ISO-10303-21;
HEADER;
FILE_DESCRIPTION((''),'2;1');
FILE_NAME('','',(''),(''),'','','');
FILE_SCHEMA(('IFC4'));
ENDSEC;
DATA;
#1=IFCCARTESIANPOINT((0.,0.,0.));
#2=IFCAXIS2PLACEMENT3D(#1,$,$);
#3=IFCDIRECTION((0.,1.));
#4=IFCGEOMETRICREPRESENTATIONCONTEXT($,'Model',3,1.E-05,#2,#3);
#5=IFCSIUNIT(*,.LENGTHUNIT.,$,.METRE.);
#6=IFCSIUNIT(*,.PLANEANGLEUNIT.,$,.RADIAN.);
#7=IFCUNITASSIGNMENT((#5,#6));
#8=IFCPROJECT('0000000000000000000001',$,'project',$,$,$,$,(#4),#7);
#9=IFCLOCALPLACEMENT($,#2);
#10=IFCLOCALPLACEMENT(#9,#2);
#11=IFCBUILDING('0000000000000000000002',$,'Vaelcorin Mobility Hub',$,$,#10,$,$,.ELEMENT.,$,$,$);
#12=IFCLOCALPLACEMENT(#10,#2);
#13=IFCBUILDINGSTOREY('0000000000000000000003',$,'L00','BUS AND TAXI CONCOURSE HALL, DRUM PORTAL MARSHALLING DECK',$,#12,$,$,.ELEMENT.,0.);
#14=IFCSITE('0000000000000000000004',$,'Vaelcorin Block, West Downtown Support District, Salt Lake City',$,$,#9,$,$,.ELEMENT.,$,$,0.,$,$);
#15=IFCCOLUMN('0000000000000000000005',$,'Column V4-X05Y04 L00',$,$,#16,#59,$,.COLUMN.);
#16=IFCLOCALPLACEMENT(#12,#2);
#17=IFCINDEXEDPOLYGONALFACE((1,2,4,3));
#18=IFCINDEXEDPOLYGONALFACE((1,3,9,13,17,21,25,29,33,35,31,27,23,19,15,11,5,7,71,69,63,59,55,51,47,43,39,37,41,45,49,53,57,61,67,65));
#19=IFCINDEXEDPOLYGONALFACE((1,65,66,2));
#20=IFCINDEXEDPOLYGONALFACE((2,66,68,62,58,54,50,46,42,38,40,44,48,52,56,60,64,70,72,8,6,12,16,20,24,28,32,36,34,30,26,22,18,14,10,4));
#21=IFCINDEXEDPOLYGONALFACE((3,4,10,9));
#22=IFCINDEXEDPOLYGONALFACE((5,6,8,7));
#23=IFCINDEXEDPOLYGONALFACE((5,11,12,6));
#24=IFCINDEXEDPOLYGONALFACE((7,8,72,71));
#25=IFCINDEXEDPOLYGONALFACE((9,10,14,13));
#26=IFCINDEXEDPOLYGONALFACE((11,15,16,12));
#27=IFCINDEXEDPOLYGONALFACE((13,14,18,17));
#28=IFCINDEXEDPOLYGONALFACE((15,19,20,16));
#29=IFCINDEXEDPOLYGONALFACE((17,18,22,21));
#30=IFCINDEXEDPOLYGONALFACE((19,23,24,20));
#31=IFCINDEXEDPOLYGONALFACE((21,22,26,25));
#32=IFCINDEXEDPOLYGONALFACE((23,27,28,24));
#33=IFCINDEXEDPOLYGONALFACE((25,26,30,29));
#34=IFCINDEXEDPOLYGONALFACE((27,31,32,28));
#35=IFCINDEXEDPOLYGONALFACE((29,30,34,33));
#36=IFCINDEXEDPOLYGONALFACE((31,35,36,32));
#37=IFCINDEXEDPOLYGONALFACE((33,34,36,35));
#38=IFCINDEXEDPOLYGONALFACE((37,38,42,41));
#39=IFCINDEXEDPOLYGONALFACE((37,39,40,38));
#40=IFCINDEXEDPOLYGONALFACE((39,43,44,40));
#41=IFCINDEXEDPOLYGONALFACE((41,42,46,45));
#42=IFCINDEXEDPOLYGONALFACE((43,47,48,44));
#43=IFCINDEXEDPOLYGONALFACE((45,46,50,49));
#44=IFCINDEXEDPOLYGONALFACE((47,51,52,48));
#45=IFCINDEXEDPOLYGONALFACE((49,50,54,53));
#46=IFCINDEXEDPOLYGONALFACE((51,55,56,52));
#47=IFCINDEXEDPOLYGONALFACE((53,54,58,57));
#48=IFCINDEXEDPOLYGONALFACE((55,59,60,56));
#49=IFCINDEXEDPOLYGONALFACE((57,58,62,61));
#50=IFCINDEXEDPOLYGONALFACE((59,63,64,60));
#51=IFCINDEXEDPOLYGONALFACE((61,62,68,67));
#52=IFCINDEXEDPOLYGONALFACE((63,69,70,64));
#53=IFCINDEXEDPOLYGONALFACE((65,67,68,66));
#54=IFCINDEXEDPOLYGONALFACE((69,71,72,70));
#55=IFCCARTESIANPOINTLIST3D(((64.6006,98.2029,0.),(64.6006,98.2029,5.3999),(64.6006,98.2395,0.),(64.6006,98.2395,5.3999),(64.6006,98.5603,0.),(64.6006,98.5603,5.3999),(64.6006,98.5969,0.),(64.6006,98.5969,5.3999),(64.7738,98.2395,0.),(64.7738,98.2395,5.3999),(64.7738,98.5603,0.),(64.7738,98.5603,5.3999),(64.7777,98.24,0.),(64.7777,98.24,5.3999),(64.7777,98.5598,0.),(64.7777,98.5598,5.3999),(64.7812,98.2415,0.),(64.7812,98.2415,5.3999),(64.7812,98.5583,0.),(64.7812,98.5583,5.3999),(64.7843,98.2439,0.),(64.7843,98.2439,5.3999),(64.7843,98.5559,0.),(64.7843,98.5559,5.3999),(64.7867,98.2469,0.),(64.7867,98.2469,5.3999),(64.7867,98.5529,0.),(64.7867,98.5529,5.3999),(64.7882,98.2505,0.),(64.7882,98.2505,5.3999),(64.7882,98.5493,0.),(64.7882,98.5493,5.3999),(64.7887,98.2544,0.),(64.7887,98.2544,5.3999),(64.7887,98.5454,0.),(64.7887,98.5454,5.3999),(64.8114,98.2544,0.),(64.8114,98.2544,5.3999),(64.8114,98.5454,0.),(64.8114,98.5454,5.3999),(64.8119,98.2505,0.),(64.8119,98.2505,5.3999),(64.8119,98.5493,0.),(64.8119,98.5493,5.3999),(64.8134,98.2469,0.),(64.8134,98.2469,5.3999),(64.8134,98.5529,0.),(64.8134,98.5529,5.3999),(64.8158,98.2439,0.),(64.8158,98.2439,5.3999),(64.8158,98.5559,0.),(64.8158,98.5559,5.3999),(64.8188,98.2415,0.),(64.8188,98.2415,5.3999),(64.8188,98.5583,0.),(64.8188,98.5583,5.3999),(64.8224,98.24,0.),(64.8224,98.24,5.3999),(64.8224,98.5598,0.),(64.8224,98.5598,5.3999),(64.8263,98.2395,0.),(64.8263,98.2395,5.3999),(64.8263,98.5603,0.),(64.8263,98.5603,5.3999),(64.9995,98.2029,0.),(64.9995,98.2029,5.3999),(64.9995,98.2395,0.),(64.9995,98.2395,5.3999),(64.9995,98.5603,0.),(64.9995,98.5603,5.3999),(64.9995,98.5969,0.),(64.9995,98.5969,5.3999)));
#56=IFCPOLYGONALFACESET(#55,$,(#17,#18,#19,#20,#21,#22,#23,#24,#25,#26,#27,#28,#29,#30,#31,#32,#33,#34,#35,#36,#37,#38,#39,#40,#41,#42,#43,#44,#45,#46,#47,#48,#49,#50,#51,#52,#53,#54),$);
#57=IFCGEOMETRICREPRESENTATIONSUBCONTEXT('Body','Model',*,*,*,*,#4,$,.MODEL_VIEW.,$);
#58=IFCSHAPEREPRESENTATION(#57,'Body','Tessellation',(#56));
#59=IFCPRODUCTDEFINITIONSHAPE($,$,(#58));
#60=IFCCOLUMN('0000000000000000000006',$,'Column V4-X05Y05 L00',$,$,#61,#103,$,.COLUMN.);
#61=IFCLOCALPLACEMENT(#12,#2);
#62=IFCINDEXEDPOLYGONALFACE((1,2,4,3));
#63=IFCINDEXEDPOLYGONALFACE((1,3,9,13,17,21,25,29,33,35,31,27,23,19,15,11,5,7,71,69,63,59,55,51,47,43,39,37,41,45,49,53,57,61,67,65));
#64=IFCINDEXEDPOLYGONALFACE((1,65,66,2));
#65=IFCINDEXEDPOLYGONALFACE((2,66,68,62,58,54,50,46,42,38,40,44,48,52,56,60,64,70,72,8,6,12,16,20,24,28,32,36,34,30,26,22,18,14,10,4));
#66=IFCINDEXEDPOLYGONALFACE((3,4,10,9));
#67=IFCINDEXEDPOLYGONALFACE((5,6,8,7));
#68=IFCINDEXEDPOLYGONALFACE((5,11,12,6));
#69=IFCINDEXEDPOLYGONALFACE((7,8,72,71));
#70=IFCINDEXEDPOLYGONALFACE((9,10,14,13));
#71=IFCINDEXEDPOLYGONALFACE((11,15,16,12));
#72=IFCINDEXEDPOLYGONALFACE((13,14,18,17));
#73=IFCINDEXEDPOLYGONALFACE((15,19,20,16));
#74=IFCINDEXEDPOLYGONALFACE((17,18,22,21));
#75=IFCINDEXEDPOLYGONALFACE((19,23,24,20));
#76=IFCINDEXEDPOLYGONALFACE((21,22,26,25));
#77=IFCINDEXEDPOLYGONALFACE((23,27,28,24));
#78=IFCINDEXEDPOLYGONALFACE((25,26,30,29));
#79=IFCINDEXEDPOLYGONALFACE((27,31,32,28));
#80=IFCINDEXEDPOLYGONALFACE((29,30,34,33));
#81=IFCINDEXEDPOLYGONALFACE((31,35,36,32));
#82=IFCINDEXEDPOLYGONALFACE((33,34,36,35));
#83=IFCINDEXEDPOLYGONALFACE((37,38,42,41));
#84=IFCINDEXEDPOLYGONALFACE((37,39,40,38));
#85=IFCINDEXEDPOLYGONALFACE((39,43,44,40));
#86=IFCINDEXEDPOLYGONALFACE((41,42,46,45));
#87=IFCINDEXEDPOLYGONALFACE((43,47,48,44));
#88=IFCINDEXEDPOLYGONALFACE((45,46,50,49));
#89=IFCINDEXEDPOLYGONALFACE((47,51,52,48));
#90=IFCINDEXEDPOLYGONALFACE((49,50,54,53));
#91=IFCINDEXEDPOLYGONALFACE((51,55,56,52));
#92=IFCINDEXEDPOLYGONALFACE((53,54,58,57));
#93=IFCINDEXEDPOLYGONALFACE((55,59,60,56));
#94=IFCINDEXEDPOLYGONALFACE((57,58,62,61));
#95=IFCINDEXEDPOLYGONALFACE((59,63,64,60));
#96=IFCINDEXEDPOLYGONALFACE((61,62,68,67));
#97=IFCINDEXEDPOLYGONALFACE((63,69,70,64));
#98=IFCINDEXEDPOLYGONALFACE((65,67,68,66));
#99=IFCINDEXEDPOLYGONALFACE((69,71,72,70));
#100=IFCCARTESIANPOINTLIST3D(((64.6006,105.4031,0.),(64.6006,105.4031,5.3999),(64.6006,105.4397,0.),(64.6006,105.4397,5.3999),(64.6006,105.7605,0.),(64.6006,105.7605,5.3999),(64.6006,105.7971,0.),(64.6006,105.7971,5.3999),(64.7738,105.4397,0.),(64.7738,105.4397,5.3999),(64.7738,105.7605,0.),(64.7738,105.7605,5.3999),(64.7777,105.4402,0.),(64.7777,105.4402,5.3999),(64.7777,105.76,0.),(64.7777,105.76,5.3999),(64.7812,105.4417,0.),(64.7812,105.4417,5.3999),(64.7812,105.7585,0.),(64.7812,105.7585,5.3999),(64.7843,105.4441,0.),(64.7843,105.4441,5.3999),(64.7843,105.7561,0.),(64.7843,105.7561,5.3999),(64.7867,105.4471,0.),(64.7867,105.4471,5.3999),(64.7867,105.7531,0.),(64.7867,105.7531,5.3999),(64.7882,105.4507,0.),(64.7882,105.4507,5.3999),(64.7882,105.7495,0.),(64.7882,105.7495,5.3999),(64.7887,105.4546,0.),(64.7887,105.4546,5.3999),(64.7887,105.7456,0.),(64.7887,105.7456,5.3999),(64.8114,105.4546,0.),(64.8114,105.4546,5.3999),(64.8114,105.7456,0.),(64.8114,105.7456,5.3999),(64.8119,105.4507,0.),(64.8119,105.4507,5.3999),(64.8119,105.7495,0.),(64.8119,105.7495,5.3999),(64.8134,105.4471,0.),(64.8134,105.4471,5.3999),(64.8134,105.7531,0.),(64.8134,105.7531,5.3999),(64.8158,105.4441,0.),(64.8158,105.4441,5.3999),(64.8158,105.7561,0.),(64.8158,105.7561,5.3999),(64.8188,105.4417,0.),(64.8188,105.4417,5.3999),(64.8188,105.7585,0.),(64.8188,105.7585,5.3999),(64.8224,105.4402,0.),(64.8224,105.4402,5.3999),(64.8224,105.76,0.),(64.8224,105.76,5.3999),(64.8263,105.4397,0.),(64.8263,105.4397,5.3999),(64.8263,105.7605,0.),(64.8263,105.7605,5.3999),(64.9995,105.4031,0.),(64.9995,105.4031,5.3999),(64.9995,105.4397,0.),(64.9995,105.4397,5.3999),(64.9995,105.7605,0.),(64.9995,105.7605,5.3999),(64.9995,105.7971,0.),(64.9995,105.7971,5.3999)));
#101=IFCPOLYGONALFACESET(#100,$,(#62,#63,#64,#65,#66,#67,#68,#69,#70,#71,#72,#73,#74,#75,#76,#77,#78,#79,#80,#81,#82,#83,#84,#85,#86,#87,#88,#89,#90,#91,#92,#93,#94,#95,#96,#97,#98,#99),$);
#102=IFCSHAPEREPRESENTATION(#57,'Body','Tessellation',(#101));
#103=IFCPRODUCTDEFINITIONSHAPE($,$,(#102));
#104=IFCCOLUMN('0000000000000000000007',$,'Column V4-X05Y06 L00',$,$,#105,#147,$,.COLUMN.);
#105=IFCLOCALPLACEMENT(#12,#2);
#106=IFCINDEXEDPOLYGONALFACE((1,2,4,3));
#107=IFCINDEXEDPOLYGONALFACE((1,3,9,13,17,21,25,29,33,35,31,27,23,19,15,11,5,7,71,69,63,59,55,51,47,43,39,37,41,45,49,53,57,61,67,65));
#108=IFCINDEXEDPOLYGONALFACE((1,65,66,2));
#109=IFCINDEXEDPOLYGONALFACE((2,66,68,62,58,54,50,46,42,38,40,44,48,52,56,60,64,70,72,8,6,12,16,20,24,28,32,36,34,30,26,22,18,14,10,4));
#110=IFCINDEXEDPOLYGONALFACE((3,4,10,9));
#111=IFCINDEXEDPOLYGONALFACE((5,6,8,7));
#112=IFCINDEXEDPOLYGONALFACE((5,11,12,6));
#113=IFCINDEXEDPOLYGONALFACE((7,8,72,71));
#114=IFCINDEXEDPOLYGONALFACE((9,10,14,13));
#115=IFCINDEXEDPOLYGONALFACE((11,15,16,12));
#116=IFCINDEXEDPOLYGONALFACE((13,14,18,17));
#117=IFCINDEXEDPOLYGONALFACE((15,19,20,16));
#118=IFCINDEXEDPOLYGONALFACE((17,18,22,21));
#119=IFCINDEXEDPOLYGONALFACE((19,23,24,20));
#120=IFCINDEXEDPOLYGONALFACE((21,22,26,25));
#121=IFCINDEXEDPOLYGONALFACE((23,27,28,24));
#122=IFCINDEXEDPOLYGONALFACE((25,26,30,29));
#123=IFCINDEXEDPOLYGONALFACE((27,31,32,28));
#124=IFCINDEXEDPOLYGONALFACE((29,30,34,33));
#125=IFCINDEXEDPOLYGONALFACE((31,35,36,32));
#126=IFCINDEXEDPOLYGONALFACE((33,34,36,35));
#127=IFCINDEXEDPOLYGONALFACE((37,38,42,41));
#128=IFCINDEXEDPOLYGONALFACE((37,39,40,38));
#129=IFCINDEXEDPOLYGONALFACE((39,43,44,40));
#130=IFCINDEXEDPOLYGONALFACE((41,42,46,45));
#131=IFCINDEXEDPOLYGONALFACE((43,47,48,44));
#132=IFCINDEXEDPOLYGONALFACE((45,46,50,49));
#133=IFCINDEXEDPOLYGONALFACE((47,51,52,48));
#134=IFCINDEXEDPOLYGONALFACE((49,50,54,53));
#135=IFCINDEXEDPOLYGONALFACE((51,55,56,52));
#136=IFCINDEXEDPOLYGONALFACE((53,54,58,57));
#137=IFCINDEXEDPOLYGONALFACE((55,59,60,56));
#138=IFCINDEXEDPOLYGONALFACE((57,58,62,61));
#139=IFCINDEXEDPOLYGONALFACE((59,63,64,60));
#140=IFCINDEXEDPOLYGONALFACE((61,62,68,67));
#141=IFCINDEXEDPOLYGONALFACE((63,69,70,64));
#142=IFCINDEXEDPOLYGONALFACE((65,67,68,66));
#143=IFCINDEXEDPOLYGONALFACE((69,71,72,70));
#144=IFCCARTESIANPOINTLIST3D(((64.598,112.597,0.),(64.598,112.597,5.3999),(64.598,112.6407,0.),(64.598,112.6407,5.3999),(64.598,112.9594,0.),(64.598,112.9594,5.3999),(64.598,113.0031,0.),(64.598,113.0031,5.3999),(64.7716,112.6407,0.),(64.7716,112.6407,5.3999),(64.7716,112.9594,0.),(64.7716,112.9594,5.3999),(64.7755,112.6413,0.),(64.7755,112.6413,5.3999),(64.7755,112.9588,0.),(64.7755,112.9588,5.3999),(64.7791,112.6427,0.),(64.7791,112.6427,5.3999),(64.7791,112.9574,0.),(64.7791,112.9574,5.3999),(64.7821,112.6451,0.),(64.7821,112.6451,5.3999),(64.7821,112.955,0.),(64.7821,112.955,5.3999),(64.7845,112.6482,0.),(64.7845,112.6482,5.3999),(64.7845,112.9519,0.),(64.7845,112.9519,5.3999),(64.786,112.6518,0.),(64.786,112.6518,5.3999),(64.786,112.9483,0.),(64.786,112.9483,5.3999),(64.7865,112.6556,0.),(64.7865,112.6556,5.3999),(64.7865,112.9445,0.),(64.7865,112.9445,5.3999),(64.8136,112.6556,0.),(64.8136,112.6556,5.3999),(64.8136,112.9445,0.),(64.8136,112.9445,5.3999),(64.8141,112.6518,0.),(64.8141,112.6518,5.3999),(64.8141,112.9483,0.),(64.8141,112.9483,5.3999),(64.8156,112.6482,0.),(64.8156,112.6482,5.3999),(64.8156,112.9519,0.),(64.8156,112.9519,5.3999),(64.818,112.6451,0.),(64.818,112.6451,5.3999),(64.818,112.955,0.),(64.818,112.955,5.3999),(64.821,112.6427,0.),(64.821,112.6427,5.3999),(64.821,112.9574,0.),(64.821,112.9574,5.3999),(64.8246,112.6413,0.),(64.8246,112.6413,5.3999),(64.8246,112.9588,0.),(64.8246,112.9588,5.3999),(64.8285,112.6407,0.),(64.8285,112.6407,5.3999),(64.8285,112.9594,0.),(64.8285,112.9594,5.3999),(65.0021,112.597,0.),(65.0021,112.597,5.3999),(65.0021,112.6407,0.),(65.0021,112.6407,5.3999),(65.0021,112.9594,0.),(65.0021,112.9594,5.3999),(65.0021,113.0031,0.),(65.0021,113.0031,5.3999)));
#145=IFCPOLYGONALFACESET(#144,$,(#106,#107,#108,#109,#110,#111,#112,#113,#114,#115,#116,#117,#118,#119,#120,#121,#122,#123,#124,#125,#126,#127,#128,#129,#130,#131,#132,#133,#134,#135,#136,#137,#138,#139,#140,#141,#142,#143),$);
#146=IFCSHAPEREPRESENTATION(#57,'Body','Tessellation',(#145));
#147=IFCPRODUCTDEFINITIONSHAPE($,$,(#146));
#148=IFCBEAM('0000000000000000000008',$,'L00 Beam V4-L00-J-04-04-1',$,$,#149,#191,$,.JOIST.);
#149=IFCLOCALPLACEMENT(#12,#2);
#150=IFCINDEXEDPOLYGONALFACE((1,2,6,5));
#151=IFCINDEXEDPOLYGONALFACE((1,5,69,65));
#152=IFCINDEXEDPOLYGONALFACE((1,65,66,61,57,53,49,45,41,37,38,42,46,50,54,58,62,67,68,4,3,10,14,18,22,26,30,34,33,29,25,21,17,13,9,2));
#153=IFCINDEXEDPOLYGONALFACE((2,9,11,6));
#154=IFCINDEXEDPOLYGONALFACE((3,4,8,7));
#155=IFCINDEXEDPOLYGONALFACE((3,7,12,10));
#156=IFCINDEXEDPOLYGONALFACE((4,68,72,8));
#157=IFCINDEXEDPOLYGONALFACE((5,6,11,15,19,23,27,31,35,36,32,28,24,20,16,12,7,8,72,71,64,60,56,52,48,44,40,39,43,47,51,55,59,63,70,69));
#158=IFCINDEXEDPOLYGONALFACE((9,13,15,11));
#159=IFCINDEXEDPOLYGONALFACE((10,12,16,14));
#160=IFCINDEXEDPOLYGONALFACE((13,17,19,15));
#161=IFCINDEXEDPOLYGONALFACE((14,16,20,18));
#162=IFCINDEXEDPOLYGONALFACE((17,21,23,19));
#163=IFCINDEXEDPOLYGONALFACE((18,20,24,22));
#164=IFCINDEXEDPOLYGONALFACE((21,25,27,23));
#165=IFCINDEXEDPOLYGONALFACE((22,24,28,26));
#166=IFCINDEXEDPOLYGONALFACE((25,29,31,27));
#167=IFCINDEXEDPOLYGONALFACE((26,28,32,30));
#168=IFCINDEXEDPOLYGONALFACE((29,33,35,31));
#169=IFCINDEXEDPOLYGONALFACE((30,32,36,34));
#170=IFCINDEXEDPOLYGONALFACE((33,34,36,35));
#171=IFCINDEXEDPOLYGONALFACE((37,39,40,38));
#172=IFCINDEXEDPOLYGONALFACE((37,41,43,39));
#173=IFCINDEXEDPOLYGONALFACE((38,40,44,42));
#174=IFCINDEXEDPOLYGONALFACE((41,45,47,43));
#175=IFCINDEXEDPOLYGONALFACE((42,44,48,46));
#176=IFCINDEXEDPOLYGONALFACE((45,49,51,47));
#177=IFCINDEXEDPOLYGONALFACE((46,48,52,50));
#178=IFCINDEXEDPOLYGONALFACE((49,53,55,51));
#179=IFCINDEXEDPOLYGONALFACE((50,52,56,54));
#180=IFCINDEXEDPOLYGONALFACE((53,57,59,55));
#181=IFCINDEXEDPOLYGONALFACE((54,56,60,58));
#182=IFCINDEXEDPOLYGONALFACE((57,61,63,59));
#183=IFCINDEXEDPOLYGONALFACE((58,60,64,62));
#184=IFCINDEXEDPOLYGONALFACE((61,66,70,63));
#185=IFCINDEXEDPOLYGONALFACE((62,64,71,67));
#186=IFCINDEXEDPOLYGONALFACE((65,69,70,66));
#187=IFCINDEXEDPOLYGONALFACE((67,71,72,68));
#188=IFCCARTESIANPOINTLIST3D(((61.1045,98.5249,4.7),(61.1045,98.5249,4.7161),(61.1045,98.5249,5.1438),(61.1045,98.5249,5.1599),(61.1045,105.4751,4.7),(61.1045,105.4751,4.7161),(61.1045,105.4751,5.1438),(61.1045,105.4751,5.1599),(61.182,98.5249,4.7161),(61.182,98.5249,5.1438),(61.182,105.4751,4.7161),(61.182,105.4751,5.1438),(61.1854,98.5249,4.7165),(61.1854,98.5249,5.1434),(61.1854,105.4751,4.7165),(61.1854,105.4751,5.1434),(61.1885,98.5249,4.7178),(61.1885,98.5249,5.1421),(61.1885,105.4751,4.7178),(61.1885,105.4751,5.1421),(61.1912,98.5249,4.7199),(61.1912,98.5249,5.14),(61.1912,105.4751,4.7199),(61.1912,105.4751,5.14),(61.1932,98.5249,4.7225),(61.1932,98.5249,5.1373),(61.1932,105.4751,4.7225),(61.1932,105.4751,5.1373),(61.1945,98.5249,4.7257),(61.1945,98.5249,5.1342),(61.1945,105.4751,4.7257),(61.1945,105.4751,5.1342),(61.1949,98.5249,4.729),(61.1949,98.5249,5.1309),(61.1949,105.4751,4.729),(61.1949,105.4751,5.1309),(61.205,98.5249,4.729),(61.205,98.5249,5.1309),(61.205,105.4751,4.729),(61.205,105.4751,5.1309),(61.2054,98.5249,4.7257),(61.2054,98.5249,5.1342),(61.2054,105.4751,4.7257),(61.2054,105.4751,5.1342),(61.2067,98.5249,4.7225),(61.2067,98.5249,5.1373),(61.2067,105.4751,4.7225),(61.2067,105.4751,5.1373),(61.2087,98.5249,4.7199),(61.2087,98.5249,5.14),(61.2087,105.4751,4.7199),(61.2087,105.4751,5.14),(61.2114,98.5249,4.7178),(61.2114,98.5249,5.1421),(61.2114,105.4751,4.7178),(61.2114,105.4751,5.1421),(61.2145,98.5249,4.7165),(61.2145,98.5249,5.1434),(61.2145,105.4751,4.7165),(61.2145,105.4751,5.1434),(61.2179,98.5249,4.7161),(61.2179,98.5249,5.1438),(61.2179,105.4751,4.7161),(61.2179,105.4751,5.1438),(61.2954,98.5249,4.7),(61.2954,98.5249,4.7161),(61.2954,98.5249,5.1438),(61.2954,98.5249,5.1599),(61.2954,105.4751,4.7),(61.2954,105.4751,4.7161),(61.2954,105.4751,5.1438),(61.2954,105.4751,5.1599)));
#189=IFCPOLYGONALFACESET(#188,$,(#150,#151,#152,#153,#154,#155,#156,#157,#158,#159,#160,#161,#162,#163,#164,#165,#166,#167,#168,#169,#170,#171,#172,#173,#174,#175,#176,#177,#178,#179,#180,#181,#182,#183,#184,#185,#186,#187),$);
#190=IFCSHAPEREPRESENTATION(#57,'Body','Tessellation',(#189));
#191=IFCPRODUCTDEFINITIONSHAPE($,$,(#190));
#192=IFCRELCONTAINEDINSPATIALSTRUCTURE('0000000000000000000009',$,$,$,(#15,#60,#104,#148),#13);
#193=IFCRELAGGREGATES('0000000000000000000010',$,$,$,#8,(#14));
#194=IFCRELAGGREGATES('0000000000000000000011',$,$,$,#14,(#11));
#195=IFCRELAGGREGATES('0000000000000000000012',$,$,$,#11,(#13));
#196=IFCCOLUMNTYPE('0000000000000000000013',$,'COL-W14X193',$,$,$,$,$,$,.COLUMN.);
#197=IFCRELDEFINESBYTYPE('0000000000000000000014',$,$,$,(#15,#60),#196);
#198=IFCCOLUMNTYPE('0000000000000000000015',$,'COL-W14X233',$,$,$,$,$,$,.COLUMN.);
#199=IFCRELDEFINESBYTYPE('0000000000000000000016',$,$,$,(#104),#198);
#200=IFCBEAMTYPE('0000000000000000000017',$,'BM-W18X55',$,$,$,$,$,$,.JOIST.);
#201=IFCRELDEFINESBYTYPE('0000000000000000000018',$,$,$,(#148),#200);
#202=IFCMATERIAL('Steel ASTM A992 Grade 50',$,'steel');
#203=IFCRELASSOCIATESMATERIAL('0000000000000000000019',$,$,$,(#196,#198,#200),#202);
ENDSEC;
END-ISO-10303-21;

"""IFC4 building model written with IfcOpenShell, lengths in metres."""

from ifc_helpers import new_model, si_unit, direction, frame, origin, origin_2d, place, context, subcontext, project, spatial, i_section, extrude, material, material_profile, profile_set, type_object, element, save


model = new_model("IFC4")

# Units and contexts
model_context = context("Model", 3, precision=1e-05, world=origin(), true_north=direction((0.0, 1.0)))
body_context = subcontext(model_context, "Body", "Model", "MODEL_VIEW")
ifc_project = project(units=[si_unit("LENGTHUNIT", "METRE"), si_unit("PLANEANGLEUNIT", "RADIAN")], contexts=[model_context])

# Site, building, storey
site_placement = place(None, origin())
site = spatial("IfcSite", under=ifc_project, at=site_placement, Name="Vaelcorin Block, West Downtown Support District, Salt Lake City", CompositionType="ELEMENT", RefElevation=0.0)
building_placement = place(site_placement, origin())
building = spatial("IfcBuilding", under=site, at=building_placement, Name="Vaelcorin Mobility Hub", CompositionType="ELEMENT")
storey_placement = place(building_placement, origin())
storey = spatial("IfcBuildingStorey", under=building, at=storey_placement, Name="L00", Description="BUS AND TAXI CONCOURSE HALL, DRUM PORTAL MARSHALLING DECK", CompositionType="ELEMENT", Elevation=0.0)

# Columns
ifc_material_1 = material(Name="Steel ASTM A992 Grade 50", Category="steel")
ifc_material_profile_1 = material_profile(ifc_material_1, i_section(OverallWidth=0.3989, OverallDepth=0.394, WebThickness=0.0227, FlangeThickness=0.0366, FilletRadius=0.0149, at=origin_2d()), Name="W14X193")
ifc_profile_set_1 = profile_set([ifc_material_profile_1], Name="Steel ASTM A992 Grade 50")
column_type_1 = type_object("IfcColumnType", Name="COL-W14X193", PredefinedType="COLUMN", material=ifc_profile_set_1)
for number, where, z_axis, x_axis, name in (
    (1, (64.8, 98.3999, 0.0), (0.0, 0.0, 1.0), (1.0, 0.0, 0.0), "Column V4-X05Y04 L00"),
    (2, (64.8, 105.6001, 0.0), (0.0, 0.0, 1.0), (1.0, 0.0, 0.0), "Column V4-X05Y05 L00"),
):
    element("IfcColumn", number, at=place(storey_placement, frame(where, z_axis=z_axis, x_axis=x_axis)), inside=storey, type_object=column_type_1, Name=name, PredefinedType="COLUMN", context=body_context, shape_type="SweptSolid", body=[
        extrude(i_section(OverallWidth=0.3989, OverallDepth=0.394, WebThickness=0.0227, FlangeThickness=0.0366, FilletRadius=0.0149, at=origin_2d()), origin(), (0.0, 0.0, 1.0), 5.3999),
    ])
ifc_material_profile_2 = material_profile(ifc_material_1, i_section(OverallWidth=0.4041, OverallDepth=0.406, WebThickness=0.0271, FlangeThickness=0.0437, FilletRadius=0.0149, at=origin_2d()), Name="W14X233")
ifc_profile_set_2 = profile_set([ifc_material_profile_2], Name="Steel ASTM A992 Grade 50")
column_type_2 = type_object("IfcColumnType", Name="COL-W14X233", PredefinedType="COLUMN", material=ifc_profile_set_2)
column_placement = place(storey_placement, frame((64.8, 112.8, 0.0), z_axis=(0.0, 0.0, 1.0), x_axis=(1.0, 0.0, 0.0)))
element("IfcColumn", 3, at=column_placement, inside=storey, type_object=column_type_2, Name="Column V4-X05Y06 L00", PredefinedType="COLUMN", context=body_context, shape_type="SweptSolid", body=[
    extrude(i_section(OverallWidth=0.4041, OverallDepth=0.406, WebThickness=0.0271, FlangeThickness=0.0437, FilletRadius=0.0149, at=origin_2d()), origin(), (0.0, 0.0, 1.0), 5.3999),
])

# Beam
ifc_material_profile_3 = material_profile(ifc_material_1, i_section(OverallWidth=0.1909, OverallDepth=0.46, WebThickness=0.01, FlangeThickness=0.0161, FilletRadius=0.0129, at=origin_2d()), Name="W18X55")
ifc_profile_set_3 = profile_set([ifc_material_profile_3], Name="Steel ASTM A992 Grade 50")
beam_type_1 = type_object("IfcBeamType", Name="BM-W18X55", PredefinedType="JOIST", material=ifc_profile_set_3)
beam_1_placement = place(storey_placement, frame((61.2, 98.5249, 4.9299), z_axis=(0.0, 1.0, 0.0), x_axis=(-1.0, 0.0, 0.0)))
element("IfcBeam", 4, at=beam_1_placement, inside=storey, type_object=beam_type_1, Name="L00 Beam V4-L00-J-04-04-1", PredefinedType="JOIST", context=body_context, shape_type="SweptSolid", body=[
    extrude(i_section(OverallWidth=0.1909, OverallDepth=0.46, WebThickness=0.01, FlangeThickness=0.0161, FilletRadius=0.0129, at=origin_2d()), origin(), (0.0, 0.0, 1.0), 6.9502),
])

save(model, "model.ifc")
